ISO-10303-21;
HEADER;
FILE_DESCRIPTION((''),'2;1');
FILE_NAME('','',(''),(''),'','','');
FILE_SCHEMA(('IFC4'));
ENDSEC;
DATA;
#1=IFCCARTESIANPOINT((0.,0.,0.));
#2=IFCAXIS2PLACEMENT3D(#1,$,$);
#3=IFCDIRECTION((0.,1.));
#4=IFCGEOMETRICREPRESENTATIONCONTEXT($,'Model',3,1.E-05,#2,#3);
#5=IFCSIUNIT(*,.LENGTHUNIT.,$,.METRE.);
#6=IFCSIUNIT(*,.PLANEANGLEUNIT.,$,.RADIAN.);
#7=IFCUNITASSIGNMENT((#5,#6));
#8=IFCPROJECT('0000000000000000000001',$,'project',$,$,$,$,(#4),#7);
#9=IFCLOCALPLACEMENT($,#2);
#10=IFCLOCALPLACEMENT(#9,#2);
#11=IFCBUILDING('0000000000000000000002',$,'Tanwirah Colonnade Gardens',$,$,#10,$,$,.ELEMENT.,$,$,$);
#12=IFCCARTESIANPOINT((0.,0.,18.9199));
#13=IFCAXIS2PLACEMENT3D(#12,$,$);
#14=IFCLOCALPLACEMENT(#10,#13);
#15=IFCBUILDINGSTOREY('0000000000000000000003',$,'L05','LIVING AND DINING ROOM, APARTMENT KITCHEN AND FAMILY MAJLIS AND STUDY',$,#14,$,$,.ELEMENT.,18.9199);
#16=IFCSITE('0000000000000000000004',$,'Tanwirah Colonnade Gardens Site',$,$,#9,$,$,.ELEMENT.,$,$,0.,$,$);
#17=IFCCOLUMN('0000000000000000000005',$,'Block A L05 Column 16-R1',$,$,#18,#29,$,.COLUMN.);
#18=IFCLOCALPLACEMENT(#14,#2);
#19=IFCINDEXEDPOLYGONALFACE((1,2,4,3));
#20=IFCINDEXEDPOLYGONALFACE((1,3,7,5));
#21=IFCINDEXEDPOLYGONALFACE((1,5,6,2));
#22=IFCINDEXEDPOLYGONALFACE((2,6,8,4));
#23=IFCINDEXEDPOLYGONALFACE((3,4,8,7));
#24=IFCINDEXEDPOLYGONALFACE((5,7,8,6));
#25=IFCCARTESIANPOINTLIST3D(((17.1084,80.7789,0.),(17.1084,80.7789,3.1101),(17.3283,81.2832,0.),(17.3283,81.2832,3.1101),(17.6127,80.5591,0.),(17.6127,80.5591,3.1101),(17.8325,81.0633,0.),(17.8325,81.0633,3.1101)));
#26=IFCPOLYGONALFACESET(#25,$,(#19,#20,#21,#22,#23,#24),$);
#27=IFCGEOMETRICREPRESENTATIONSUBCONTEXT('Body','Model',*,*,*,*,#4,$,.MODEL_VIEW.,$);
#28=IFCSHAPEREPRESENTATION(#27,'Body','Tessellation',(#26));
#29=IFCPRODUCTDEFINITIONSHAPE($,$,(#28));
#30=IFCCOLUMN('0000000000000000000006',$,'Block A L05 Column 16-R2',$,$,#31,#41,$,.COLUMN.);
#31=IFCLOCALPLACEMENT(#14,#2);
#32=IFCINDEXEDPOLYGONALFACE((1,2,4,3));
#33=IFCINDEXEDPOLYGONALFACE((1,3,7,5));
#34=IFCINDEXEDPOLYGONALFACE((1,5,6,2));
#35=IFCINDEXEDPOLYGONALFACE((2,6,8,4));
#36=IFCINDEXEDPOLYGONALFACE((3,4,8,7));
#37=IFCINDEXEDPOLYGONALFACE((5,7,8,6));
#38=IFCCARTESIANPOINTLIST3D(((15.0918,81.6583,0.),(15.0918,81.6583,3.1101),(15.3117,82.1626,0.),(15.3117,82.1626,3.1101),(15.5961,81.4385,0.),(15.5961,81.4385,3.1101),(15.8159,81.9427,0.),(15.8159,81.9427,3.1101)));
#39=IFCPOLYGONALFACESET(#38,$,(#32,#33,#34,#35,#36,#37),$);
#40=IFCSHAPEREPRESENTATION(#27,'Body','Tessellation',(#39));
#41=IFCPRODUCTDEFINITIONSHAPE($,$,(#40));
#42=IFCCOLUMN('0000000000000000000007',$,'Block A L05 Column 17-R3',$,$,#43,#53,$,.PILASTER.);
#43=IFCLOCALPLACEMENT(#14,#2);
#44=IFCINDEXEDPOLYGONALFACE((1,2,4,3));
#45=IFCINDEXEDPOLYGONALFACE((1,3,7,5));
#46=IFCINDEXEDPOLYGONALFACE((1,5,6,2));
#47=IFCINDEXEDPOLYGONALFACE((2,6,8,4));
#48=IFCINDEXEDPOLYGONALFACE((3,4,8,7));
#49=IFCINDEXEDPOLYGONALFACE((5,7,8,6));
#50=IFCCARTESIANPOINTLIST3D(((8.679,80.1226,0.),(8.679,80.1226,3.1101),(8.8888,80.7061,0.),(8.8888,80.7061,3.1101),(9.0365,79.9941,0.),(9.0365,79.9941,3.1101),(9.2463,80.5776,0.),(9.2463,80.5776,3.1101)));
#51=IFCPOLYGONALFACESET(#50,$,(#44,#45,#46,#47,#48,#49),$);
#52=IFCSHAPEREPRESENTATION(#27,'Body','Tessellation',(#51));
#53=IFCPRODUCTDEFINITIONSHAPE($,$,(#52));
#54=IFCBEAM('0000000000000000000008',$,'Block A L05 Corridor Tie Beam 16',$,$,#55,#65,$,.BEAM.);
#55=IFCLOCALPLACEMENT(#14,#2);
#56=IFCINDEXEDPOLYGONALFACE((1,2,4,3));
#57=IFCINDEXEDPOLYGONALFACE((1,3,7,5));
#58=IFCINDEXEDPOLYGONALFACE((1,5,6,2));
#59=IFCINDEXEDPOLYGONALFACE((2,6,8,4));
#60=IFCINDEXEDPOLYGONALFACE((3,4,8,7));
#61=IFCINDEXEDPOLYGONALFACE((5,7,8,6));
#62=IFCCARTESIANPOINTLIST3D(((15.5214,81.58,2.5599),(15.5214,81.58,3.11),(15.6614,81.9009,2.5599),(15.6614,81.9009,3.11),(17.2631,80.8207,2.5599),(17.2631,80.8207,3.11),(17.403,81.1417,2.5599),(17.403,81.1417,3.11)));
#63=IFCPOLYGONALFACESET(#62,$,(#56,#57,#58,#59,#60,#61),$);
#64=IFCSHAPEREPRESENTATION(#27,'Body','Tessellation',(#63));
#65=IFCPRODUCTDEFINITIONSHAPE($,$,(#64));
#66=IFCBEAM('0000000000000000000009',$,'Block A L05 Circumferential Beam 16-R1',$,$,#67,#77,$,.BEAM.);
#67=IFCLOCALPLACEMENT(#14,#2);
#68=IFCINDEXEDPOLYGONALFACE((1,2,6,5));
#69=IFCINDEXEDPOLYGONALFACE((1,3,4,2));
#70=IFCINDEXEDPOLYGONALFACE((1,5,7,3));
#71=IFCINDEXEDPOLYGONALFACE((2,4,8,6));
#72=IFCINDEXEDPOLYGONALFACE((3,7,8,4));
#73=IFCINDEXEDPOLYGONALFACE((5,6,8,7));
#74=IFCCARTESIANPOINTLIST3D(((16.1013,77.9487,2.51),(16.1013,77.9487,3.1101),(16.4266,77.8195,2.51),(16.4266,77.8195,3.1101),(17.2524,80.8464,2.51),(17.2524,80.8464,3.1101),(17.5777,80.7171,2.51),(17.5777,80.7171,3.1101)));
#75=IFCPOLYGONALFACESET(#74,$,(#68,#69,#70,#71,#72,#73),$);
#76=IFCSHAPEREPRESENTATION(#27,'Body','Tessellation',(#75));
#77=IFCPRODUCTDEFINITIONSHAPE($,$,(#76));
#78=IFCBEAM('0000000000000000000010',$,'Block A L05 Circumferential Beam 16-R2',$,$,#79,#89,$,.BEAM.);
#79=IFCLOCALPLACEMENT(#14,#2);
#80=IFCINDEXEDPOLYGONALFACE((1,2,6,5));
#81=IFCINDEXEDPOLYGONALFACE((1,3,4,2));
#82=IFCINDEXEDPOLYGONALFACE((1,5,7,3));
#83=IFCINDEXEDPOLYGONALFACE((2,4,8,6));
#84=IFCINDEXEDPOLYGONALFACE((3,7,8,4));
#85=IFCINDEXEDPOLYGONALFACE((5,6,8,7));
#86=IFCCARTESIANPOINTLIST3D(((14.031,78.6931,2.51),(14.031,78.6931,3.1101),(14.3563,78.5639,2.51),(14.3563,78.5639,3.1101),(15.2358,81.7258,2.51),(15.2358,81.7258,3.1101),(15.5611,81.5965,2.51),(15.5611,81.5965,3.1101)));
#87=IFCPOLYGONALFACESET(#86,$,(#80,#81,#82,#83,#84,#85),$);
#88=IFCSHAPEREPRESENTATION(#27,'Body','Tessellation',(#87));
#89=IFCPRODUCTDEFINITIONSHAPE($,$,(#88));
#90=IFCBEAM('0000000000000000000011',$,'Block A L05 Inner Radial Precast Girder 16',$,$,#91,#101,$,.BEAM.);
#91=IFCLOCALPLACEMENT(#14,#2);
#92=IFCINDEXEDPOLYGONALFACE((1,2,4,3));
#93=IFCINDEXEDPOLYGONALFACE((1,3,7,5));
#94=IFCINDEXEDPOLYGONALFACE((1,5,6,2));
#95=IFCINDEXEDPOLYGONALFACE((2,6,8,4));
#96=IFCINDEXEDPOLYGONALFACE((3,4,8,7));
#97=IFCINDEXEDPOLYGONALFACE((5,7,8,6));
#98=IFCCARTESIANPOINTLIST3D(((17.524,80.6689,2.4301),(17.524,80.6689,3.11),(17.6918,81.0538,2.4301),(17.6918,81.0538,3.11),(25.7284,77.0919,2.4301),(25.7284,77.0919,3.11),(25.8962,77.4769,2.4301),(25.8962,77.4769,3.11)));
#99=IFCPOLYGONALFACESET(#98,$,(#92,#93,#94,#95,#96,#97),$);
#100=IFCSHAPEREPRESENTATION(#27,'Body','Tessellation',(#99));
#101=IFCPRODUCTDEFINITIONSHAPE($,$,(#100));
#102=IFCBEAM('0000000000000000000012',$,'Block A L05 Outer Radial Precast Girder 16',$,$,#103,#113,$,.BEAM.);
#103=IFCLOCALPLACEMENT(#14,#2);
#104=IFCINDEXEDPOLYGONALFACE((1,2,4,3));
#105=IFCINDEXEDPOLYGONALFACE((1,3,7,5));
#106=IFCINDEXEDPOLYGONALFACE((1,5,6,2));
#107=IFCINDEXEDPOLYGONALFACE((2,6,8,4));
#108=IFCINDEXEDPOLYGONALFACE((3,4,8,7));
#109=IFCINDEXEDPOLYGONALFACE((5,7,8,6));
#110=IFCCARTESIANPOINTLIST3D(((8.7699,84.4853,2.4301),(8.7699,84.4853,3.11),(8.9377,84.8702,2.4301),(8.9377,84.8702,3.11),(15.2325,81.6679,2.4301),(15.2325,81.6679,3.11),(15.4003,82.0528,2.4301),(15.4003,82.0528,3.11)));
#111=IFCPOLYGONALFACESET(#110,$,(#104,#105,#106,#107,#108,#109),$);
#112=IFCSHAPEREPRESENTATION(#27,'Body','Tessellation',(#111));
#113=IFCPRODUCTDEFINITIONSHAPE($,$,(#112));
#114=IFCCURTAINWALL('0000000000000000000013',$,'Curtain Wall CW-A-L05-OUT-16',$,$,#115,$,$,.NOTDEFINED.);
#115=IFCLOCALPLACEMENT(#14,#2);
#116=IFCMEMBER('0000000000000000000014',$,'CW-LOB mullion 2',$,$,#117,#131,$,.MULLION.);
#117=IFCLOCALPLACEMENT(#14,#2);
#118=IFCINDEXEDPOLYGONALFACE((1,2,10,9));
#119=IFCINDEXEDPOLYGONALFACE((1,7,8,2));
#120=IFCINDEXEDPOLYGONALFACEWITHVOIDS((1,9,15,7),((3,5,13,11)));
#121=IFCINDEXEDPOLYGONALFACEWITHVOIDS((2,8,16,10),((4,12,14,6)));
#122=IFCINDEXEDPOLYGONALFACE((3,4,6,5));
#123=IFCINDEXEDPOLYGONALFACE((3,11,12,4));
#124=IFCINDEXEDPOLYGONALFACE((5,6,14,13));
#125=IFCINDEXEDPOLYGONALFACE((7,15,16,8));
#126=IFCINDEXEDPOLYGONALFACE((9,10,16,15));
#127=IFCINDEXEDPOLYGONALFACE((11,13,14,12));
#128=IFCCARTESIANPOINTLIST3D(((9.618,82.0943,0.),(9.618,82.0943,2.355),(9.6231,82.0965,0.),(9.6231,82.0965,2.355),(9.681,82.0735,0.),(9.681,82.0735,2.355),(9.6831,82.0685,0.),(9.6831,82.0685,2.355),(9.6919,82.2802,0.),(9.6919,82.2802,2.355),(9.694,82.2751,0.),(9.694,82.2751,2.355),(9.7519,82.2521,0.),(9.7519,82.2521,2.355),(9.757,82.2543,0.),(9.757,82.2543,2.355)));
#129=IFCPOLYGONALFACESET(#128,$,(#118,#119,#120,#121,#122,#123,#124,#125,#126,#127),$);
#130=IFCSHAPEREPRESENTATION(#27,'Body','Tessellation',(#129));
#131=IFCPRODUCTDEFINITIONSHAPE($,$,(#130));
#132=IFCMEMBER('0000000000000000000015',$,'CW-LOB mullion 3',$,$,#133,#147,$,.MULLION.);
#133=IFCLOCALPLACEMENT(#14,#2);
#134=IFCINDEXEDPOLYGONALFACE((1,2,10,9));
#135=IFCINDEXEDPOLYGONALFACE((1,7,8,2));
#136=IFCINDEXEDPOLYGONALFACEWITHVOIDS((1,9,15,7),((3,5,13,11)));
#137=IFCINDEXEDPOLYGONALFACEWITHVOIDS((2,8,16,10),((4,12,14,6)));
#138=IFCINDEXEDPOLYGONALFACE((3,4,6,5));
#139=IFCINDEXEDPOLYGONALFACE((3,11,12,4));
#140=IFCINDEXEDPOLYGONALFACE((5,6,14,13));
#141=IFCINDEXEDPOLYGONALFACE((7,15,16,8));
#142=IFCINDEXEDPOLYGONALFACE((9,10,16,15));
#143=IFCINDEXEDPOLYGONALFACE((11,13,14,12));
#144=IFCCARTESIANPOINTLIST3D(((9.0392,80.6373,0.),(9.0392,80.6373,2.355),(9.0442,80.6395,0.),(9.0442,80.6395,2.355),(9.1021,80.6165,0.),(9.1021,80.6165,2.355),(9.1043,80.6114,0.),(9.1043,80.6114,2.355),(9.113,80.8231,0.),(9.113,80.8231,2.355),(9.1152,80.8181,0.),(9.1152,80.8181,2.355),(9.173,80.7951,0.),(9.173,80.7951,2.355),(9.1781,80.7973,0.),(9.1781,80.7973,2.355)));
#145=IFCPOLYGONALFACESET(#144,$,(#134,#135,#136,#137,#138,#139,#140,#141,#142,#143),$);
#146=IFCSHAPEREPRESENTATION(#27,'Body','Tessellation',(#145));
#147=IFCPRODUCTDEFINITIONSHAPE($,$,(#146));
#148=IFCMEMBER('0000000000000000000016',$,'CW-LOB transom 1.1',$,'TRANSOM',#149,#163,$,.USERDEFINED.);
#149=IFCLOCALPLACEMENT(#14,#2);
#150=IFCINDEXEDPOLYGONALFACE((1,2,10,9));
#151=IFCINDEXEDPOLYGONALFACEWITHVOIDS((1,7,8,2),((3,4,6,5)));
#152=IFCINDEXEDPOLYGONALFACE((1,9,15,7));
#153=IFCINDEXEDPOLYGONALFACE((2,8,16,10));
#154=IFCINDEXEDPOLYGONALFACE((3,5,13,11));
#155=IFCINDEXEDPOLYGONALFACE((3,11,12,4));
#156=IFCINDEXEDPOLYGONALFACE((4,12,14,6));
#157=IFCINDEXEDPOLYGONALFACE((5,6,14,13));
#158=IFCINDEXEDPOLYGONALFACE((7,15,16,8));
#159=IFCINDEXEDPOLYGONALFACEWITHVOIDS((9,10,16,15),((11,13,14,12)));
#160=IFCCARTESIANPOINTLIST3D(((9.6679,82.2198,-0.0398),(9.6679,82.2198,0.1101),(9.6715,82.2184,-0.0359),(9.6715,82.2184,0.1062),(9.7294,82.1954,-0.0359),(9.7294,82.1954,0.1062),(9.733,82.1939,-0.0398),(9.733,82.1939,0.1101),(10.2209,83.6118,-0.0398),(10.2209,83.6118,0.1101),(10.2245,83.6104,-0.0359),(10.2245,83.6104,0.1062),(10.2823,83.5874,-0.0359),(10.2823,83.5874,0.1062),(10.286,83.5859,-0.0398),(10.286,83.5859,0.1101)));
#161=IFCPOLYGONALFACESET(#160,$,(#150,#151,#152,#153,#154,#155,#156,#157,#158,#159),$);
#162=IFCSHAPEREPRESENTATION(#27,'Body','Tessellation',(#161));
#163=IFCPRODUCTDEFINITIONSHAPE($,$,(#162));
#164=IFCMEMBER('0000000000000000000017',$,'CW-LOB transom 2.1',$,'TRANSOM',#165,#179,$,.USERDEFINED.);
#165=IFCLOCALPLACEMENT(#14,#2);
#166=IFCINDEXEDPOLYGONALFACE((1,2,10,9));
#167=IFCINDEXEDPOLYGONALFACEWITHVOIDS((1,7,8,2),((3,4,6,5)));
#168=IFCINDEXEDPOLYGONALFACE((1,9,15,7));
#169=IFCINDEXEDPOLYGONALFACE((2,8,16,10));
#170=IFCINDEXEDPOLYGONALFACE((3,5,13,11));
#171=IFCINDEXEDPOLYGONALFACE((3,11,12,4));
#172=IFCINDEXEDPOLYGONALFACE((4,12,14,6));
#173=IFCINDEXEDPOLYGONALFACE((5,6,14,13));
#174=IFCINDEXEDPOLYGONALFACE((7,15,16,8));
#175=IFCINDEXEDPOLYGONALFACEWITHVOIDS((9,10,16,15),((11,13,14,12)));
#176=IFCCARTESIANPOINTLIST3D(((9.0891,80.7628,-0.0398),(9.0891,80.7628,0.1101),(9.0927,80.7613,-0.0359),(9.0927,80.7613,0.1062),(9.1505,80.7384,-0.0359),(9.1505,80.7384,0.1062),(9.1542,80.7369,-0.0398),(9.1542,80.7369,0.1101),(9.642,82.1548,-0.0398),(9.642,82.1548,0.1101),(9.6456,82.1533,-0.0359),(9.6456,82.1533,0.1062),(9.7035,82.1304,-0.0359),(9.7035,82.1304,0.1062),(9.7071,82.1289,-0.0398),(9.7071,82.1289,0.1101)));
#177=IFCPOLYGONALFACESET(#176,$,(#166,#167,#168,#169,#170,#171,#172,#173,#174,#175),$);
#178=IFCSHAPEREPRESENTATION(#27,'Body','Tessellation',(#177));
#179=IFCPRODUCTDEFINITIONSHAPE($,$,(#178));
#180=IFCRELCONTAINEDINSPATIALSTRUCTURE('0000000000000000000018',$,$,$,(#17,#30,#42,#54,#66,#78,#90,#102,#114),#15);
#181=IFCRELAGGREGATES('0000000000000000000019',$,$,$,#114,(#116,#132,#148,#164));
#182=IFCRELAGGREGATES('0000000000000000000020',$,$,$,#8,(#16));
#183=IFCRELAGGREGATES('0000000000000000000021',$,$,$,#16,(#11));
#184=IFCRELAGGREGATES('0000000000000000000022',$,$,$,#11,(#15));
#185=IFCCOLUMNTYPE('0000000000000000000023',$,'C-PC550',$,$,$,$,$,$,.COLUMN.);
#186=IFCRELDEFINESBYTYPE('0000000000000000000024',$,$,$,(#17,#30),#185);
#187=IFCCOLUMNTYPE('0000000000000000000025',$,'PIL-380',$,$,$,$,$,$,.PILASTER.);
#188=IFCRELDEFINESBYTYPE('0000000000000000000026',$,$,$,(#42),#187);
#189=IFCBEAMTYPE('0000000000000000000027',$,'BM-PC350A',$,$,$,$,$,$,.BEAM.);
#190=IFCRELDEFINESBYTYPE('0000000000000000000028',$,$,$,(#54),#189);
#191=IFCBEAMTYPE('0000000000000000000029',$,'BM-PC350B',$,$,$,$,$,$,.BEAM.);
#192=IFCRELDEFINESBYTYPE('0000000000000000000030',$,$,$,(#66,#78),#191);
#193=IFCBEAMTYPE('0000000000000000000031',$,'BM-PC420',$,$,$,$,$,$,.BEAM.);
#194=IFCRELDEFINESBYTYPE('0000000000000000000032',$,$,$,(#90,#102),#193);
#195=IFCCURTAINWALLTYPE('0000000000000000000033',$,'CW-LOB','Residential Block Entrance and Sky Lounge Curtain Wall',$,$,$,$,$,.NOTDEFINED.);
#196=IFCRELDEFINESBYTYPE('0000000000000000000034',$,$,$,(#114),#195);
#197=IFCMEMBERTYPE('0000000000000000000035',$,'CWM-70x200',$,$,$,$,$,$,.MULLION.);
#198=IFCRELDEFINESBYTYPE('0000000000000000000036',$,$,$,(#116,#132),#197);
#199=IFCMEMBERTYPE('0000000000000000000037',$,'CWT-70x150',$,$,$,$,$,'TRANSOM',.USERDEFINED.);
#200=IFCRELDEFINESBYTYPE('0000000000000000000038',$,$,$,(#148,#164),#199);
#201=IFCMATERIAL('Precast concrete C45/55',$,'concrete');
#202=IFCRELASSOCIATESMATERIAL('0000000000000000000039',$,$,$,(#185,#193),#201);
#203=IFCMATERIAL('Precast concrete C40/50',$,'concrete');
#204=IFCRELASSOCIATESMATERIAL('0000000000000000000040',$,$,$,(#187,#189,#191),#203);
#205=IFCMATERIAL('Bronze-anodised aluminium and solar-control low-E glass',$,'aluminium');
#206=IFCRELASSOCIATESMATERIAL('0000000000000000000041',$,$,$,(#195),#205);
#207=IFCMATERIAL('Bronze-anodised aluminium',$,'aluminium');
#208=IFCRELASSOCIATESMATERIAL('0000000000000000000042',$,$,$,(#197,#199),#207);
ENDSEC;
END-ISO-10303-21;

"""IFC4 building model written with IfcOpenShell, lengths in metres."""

from ifc_helpers import new_model, si_unit, direction, frame, origin, origin_2d, place, context, subcontext, project, spatial, rectangle, hollow_rectangle, extrude, material, material_profile, profile_set, type_object, element, aggregate, save


model = new_model("IFC4")

# Units and contexts
model_context = context("Model", 3, precision=1e-05, world=origin(), true_north=direction((0.0, 1.0)))
body_context = subcontext(model_context, "Body", "Model", "MODEL_VIEW")
ifc_project = project(units=[si_unit("LENGTHUNIT", "METRE"), si_unit("PLANEANGLEUNIT", "RADIAN")], contexts=[model_context])

# Site, building, storey
site_placement = place(None, origin())
site = spatial("IfcSite", under=ifc_project, at=site_placement, Name="Tanwirah Colonnade Gardens Site", CompositionType="ELEMENT", RefElevation=0.0)
building_placement = place(site_placement, origin())
building = spatial("IfcBuilding", under=site, at=building_placement, Name="Tanwirah Colonnade Gardens", CompositionType="ELEMENT")
storey_placement = place(building_placement, frame((0.0, 0.0, 18.9199)))
storey = spatial("IfcBuildingStorey", under=building, at=storey_placement, Name="L05", Description="LIVING AND DINING ROOM, APARTMENT KITCHEN AND FAMILY MAJLIS AND STUDY", CompositionType="ELEMENT", Elevation=18.9199)

# Columns
ifc_material_1 = material(Name="Precast concrete C45/55", Category="concrete")
ifc_material_profile_1 = material_profile(ifc_material_1, rectangle(XDim=0.55, YDim=0.55, at=origin_2d()), Name="PC-COL 550x550")
ifc_profile_set_1 = profile_set([ifc_material_profile_1], Name="Precast concrete C45/55")
column_type_1 = type_object("IfcColumnType", Name="C-PC550", PredefinedType="COLUMN", material=ifc_profile_set_1)
for number, where, z_axis, x_axis, name in (
    (1, (17.4705, 80.9211, 0.0), (0.0, 0.0, 1.0), (-0.916673, 0.399638, 0.0), "Block A L05 Column 16-R1"),
    (2, (15.4539, 81.8005, 0.0), (0.0, 0.0, 1.0), (-0.916673, 0.399638, 0.0), "Block A L05 Column 16-R2"),
):
    element("IfcColumn", number, at=place(storey_placement, frame(where, z_axis=z_axis, x_axis=x_axis)), inside=storey, type_object=column_type_1, Name=name, PredefinedType="COLUMN", context=body_context, shape_type="SweptSolid", body=[
        extrude(rectangle(XDim=0.55, YDim=0.55, at=origin_2d()), origin(), (0.0, 0.0, 1.0), 3.1101),
    ])
ifc_material_2 = material(Name="Precast concrete C40/50", Category="concrete")
ifc_material_profile_2 = material_profile(ifc_material_2, rectangle(XDim=0.3799, YDim=0.6201, at=origin_2d()), Name="PC-PIL 380x620")
ifc_profile_set_2 = profile_set([ifc_material_profile_2], Name="Precast concrete C40/50")
column_type_2 = type_object("IfcColumnType", Name="PIL-380", PredefinedType="PILASTER", material=ifc_profile_set_2)
column_placement = place(storey_placement, frame((8.9626, 80.3501, 0.0), z_axis=(0.0, 0.0, 1.0), x_axis=(-0.941012, 0.338373, 0.0)))
element("IfcColumn", 3, at=column_placement, inside=storey, type_object=column_type_2, Name="Block A L05 Column 17-R3", PredefinedType="PILASTER", context=body_context, shape_type="SweptSolid", body=[
    extrude(rectangle(XDim=0.3799, YDim=0.6201, at=origin_2d()), origin(), (0.0, 0.0, 1.0), 3.1101),
])

# Beams
ifc_material_profile_3 = material_profile(ifc_material_2, rectangle(XDim=0.3501, YDim=0.55, at=origin_2d()), Name="PC-BM 350x550")
ifc_profile_set_3 = profile_set([ifc_material_profile_3], Name="Precast concrete C40/50")
beam_type_1 = type_object("IfcBeamType", Name="BM-PC350A", PredefinedType="BEAM", material=ifc_profile_set_3)
beam_1_placement = place(storey_placement, frame((17.333, 80.9812, 2.835), z_axis=(-0.916681, 0.399619, 0.0), x_axis=(-0.399619, -0.916681, 0.0)))
element("IfcBeam", 4, at=beam_1_placement, inside=storey, type_object=beam_type_1, Name="Block A L05 Corridor Tie Beam 16", PredefinedType="BEAM", context=body_context, shape_type="SweptSolid", body=[
    extrude(rectangle(XDim=0.3501, YDim=0.55, at=origin_2d()), origin(), (0.0, 0.0, 1.0), 1.8999),
])
ifc_material_profile_4 = material_profile(ifc_material_2, rectangle(XDim=0.3501, YDim=0.6001, at=origin_2d()), Name="PC-BM 350x600")
ifc_profile_set_4 = profile_set([ifc_material_profile_4], Name="Precast concrete C40/50")
beam_type_2 = type_object("IfcBeamType", Name="BM-PC350B", PredefinedType="BEAM", material=ifc_profile_set_4)
beam_2_placement = place(storey_placement, frame((17.415, 80.7817, 2.8101), z_axis=(-0.369189, -0.929354, 0.0), x_axis=(0.929354, -0.369189, 0.0)))
element("IfcBeam", 5, at=beam_2_placement, inside=storey, type_object=beam_type_2, Name="Block A L05 Circumferential Beam 16-R1", PredefinedType="BEAM", context=body_context, shape_type="SweptSolid", body=[
    extrude(rectangle(XDim=0.3501, YDim=0.6001, at=origin_2d()), origin(), (0.0, 0.0, 1.0), 3.1179),
])
beam_3_placement = place(storey_placement, frame((15.3984, 81.6611, 2.8101), z_axis=(-0.36921, -0.929346, 0.0), x_axis=(0.929346, -0.36921, 0.0)))
element("IfcBeam", 6, at=beam_3_placement, inside=storey, type_object=beam_type_2, Name="Block A L05 Circumferential Beam 16-R2", PredefinedType="BEAM", context=body_context, shape_type="SweptSolid", body=[
    extrude(rectangle(XDim=0.3501, YDim=0.6001, at=origin_2d()), origin(), (0.0, 0.0, 1.0), 3.2632),
])
ifc_material_profile_5 = material_profile(ifc_material_1, rectangle(XDim=0.4199, YDim=0.6799, at=origin_2d()), Name="PC-BM 420x680")
ifc_profile_set_5 = profile_set([ifc_material_profile_5], Name="Precast concrete C45/55")
beam_type_3 = type_object("IfcBeamType", Name="BM-PC420", PredefinedType="BEAM", material=ifc_profile_set_5)
beam_4_placement = place(storey_placement, frame((17.6079, 80.8613, 2.77), z_axis=(0.916669, -0.399647, 0.0), x_axis=(0.399647, 0.916669, 0.0)))
element("IfcBeam", 7, at=beam_4_placement, inside=storey, type_object=beam_type_3, Name="Block A L05 Inner Radial Precast Girder 16", PredefinedType="BEAM", context=body_context, shape_type="SweptSolid", body=[
    extrude(rectangle(XDim=0.4199, YDim=0.6799, at=origin_2d()), origin(), (0.0, 0.0, 1.0), 8.9502),
])
beam_5_placement = place(storey_placement, frame((15.3164, 81.8604, 2.77), z_axis=(-0.916679, 0.399625, 0.0), x_axis=(-0.399625, -0.916679, 0.0)))
element("IfcBeam", 8, at=beam_5_placement, inside=storey, type_object=beam_type_3, Name="Block A L05 Outer Radial Precast Girder 16", PredefinedType="BEAM", context=body_context, shape_type="SweptSolid", body=[
    extrude(rectangle(XDim=0.4199, YDim=0.6799, at=origin_2d()), origin(), (0.0, 0.0, 1.0), 7.05),
])

# Curtain wall, members
ifc_material_3 = material(Name="Bronze-anodised aluminium and solar-control low-E glass", Category="aluminium")
curtain_wall_type = type_object("IfcCurtainWallType", Name="CW-LOB", Description="Residential Block Entrance and Sky Lounge Curtain Wall", PredefinedType="NOTDEFINED", material=ifc_material_3)
curtain_wall_placement = place(storey_placement, origin())
curtain_wall = element("IfcCurtainWall", 9, at=curtain_wall_placement, inside=storey, type_object=curtain_wall_type, Name="Curtain Wall CW-A-L05-OUT-16", PredefinedType="NOTDEFINED")
ifc_material_4 = material(Name="Bronze-anodised aluminium", Category="aluminium")
ifc_material_profile_6 = material_profile(ifc_material_4, hollow_rectangle(XDim=0.0701, YDim=0.2, WallThickness=0.0039, at=origin_2d()), Name="CW-MUL 70x200x4")
ifc_profile_set_6 = profile_set([ifc_material_profile_6], Name="Bronze-anodised aluminium")
member_type_1 = type_object("IfcMemberType", Name="CWM-70x200", PredefinedType="MULLION", material=ifc_profile_set_6)
member_1_placement = place(storey_placement, frame((9.6875, 82.1743, 0.0), z_axis=(0.0, 0.0, 1.0), x_axis=(0.929347, -0.369208, 0.0)))
member_1 = element("IfcMember", 10, at=member_1_placement, type_object=member_type_1, Name="CW-LOB mullion 2", PredefinedType="MULLION", context=body_context, shape_type="SweptSolid", body=[
    extrude(hollow_rectangle(XDim=0.0701, YDim=0.2, WallThickness=0.0039, at=origin_2d()), origin(), (0.0, 0.0, 1.0), 2.355),
])
member_2_placement = place(storey_placement, frame((9.1086, 80.7173, 0.0), z_axis=(0.0, 0.0, 1.0), x_axis=(0.929347, -0.369208, 0.0)))
member_2 = element("IfcMember", 11, at=member_2_placement, type_object=member_type_1, Name="CW-LOB mullion 3", PredefinedType="MULLION", context=body_context, shape_type="SweptSolid", body=[
    extrude(hollow_rectangle(XDim=0.0701, YDim=0.2, WallThickness=0.0039, at=origin_2d()), origin(), (0.0, 0.0, 1.0), 2.355),
])
ifc_material_profile_7 = material_profile(ifc_material_4, hollow_rectangle(XDim=0.0701, YDim=0.1499, WallThickness=0.0039, at=origin_2d()), Name="CW-TRN 70x150x4")
ifc_profile_set_7 = profile_set([ifc_material_profile_7], Name="Bronze-anodised aluminium")
member_type_2 = type_object("IfcMemberType", Name="CWT-70x150", ElementType="TRANSOM", PredefinedType="USERDEFINED", material=ifc_profile_set_7)
member_3_placement = place(storey_placement, frame((10.2534, 83.5989, 0.0352), z_axis=(-0.36917, -0.929362, 0.0), x_axis=(0.929362, -0.36917, 0.0)))
member_3 = element("IfcMember", 12, at=member_3_placement, type_object=member_type_2, Name="CW-LOB transom 1.1", ObjectType="TRANSOM", PredefinedType="USERDEFINED", context=body_context, shape_type="SweptSolid", body=[
    extrude(hollow_rectangle(XDim=0.0701, YDim=0.1499, WallThickness=0.0039, at=origin_2d()), origin(), (0.0, 0.0, 1.0), 1.4978),
])
member_4_placement = place(storey_placement, frame((9.6746, 82.1418, 0.0352), z_axis=(-0.36917, -0.929362, 0.0), x_axis=(0.929362, -0.36917, 0.0)))
member_4 = element("IfcMember", 13, at=member_4_placement, type_object=member_type_2, Name="CW-LOB transom 2.1", ObjectType="TRANSOM", PredefinedType="USERDEFINED", context=body_context, shape_type="SweptSolid", body=[
    extrude(hollow_rectangle(XDim=0.0701, YDim=0.1499, WallThickness=0.0039, at=origin_2d()), origin(), (0.0, 0.0, 1.0), 1.4978),
])

aggregate(curtain_wall, [member_1, member_2, member_3, member_4])

save(model, "model.ifc")
